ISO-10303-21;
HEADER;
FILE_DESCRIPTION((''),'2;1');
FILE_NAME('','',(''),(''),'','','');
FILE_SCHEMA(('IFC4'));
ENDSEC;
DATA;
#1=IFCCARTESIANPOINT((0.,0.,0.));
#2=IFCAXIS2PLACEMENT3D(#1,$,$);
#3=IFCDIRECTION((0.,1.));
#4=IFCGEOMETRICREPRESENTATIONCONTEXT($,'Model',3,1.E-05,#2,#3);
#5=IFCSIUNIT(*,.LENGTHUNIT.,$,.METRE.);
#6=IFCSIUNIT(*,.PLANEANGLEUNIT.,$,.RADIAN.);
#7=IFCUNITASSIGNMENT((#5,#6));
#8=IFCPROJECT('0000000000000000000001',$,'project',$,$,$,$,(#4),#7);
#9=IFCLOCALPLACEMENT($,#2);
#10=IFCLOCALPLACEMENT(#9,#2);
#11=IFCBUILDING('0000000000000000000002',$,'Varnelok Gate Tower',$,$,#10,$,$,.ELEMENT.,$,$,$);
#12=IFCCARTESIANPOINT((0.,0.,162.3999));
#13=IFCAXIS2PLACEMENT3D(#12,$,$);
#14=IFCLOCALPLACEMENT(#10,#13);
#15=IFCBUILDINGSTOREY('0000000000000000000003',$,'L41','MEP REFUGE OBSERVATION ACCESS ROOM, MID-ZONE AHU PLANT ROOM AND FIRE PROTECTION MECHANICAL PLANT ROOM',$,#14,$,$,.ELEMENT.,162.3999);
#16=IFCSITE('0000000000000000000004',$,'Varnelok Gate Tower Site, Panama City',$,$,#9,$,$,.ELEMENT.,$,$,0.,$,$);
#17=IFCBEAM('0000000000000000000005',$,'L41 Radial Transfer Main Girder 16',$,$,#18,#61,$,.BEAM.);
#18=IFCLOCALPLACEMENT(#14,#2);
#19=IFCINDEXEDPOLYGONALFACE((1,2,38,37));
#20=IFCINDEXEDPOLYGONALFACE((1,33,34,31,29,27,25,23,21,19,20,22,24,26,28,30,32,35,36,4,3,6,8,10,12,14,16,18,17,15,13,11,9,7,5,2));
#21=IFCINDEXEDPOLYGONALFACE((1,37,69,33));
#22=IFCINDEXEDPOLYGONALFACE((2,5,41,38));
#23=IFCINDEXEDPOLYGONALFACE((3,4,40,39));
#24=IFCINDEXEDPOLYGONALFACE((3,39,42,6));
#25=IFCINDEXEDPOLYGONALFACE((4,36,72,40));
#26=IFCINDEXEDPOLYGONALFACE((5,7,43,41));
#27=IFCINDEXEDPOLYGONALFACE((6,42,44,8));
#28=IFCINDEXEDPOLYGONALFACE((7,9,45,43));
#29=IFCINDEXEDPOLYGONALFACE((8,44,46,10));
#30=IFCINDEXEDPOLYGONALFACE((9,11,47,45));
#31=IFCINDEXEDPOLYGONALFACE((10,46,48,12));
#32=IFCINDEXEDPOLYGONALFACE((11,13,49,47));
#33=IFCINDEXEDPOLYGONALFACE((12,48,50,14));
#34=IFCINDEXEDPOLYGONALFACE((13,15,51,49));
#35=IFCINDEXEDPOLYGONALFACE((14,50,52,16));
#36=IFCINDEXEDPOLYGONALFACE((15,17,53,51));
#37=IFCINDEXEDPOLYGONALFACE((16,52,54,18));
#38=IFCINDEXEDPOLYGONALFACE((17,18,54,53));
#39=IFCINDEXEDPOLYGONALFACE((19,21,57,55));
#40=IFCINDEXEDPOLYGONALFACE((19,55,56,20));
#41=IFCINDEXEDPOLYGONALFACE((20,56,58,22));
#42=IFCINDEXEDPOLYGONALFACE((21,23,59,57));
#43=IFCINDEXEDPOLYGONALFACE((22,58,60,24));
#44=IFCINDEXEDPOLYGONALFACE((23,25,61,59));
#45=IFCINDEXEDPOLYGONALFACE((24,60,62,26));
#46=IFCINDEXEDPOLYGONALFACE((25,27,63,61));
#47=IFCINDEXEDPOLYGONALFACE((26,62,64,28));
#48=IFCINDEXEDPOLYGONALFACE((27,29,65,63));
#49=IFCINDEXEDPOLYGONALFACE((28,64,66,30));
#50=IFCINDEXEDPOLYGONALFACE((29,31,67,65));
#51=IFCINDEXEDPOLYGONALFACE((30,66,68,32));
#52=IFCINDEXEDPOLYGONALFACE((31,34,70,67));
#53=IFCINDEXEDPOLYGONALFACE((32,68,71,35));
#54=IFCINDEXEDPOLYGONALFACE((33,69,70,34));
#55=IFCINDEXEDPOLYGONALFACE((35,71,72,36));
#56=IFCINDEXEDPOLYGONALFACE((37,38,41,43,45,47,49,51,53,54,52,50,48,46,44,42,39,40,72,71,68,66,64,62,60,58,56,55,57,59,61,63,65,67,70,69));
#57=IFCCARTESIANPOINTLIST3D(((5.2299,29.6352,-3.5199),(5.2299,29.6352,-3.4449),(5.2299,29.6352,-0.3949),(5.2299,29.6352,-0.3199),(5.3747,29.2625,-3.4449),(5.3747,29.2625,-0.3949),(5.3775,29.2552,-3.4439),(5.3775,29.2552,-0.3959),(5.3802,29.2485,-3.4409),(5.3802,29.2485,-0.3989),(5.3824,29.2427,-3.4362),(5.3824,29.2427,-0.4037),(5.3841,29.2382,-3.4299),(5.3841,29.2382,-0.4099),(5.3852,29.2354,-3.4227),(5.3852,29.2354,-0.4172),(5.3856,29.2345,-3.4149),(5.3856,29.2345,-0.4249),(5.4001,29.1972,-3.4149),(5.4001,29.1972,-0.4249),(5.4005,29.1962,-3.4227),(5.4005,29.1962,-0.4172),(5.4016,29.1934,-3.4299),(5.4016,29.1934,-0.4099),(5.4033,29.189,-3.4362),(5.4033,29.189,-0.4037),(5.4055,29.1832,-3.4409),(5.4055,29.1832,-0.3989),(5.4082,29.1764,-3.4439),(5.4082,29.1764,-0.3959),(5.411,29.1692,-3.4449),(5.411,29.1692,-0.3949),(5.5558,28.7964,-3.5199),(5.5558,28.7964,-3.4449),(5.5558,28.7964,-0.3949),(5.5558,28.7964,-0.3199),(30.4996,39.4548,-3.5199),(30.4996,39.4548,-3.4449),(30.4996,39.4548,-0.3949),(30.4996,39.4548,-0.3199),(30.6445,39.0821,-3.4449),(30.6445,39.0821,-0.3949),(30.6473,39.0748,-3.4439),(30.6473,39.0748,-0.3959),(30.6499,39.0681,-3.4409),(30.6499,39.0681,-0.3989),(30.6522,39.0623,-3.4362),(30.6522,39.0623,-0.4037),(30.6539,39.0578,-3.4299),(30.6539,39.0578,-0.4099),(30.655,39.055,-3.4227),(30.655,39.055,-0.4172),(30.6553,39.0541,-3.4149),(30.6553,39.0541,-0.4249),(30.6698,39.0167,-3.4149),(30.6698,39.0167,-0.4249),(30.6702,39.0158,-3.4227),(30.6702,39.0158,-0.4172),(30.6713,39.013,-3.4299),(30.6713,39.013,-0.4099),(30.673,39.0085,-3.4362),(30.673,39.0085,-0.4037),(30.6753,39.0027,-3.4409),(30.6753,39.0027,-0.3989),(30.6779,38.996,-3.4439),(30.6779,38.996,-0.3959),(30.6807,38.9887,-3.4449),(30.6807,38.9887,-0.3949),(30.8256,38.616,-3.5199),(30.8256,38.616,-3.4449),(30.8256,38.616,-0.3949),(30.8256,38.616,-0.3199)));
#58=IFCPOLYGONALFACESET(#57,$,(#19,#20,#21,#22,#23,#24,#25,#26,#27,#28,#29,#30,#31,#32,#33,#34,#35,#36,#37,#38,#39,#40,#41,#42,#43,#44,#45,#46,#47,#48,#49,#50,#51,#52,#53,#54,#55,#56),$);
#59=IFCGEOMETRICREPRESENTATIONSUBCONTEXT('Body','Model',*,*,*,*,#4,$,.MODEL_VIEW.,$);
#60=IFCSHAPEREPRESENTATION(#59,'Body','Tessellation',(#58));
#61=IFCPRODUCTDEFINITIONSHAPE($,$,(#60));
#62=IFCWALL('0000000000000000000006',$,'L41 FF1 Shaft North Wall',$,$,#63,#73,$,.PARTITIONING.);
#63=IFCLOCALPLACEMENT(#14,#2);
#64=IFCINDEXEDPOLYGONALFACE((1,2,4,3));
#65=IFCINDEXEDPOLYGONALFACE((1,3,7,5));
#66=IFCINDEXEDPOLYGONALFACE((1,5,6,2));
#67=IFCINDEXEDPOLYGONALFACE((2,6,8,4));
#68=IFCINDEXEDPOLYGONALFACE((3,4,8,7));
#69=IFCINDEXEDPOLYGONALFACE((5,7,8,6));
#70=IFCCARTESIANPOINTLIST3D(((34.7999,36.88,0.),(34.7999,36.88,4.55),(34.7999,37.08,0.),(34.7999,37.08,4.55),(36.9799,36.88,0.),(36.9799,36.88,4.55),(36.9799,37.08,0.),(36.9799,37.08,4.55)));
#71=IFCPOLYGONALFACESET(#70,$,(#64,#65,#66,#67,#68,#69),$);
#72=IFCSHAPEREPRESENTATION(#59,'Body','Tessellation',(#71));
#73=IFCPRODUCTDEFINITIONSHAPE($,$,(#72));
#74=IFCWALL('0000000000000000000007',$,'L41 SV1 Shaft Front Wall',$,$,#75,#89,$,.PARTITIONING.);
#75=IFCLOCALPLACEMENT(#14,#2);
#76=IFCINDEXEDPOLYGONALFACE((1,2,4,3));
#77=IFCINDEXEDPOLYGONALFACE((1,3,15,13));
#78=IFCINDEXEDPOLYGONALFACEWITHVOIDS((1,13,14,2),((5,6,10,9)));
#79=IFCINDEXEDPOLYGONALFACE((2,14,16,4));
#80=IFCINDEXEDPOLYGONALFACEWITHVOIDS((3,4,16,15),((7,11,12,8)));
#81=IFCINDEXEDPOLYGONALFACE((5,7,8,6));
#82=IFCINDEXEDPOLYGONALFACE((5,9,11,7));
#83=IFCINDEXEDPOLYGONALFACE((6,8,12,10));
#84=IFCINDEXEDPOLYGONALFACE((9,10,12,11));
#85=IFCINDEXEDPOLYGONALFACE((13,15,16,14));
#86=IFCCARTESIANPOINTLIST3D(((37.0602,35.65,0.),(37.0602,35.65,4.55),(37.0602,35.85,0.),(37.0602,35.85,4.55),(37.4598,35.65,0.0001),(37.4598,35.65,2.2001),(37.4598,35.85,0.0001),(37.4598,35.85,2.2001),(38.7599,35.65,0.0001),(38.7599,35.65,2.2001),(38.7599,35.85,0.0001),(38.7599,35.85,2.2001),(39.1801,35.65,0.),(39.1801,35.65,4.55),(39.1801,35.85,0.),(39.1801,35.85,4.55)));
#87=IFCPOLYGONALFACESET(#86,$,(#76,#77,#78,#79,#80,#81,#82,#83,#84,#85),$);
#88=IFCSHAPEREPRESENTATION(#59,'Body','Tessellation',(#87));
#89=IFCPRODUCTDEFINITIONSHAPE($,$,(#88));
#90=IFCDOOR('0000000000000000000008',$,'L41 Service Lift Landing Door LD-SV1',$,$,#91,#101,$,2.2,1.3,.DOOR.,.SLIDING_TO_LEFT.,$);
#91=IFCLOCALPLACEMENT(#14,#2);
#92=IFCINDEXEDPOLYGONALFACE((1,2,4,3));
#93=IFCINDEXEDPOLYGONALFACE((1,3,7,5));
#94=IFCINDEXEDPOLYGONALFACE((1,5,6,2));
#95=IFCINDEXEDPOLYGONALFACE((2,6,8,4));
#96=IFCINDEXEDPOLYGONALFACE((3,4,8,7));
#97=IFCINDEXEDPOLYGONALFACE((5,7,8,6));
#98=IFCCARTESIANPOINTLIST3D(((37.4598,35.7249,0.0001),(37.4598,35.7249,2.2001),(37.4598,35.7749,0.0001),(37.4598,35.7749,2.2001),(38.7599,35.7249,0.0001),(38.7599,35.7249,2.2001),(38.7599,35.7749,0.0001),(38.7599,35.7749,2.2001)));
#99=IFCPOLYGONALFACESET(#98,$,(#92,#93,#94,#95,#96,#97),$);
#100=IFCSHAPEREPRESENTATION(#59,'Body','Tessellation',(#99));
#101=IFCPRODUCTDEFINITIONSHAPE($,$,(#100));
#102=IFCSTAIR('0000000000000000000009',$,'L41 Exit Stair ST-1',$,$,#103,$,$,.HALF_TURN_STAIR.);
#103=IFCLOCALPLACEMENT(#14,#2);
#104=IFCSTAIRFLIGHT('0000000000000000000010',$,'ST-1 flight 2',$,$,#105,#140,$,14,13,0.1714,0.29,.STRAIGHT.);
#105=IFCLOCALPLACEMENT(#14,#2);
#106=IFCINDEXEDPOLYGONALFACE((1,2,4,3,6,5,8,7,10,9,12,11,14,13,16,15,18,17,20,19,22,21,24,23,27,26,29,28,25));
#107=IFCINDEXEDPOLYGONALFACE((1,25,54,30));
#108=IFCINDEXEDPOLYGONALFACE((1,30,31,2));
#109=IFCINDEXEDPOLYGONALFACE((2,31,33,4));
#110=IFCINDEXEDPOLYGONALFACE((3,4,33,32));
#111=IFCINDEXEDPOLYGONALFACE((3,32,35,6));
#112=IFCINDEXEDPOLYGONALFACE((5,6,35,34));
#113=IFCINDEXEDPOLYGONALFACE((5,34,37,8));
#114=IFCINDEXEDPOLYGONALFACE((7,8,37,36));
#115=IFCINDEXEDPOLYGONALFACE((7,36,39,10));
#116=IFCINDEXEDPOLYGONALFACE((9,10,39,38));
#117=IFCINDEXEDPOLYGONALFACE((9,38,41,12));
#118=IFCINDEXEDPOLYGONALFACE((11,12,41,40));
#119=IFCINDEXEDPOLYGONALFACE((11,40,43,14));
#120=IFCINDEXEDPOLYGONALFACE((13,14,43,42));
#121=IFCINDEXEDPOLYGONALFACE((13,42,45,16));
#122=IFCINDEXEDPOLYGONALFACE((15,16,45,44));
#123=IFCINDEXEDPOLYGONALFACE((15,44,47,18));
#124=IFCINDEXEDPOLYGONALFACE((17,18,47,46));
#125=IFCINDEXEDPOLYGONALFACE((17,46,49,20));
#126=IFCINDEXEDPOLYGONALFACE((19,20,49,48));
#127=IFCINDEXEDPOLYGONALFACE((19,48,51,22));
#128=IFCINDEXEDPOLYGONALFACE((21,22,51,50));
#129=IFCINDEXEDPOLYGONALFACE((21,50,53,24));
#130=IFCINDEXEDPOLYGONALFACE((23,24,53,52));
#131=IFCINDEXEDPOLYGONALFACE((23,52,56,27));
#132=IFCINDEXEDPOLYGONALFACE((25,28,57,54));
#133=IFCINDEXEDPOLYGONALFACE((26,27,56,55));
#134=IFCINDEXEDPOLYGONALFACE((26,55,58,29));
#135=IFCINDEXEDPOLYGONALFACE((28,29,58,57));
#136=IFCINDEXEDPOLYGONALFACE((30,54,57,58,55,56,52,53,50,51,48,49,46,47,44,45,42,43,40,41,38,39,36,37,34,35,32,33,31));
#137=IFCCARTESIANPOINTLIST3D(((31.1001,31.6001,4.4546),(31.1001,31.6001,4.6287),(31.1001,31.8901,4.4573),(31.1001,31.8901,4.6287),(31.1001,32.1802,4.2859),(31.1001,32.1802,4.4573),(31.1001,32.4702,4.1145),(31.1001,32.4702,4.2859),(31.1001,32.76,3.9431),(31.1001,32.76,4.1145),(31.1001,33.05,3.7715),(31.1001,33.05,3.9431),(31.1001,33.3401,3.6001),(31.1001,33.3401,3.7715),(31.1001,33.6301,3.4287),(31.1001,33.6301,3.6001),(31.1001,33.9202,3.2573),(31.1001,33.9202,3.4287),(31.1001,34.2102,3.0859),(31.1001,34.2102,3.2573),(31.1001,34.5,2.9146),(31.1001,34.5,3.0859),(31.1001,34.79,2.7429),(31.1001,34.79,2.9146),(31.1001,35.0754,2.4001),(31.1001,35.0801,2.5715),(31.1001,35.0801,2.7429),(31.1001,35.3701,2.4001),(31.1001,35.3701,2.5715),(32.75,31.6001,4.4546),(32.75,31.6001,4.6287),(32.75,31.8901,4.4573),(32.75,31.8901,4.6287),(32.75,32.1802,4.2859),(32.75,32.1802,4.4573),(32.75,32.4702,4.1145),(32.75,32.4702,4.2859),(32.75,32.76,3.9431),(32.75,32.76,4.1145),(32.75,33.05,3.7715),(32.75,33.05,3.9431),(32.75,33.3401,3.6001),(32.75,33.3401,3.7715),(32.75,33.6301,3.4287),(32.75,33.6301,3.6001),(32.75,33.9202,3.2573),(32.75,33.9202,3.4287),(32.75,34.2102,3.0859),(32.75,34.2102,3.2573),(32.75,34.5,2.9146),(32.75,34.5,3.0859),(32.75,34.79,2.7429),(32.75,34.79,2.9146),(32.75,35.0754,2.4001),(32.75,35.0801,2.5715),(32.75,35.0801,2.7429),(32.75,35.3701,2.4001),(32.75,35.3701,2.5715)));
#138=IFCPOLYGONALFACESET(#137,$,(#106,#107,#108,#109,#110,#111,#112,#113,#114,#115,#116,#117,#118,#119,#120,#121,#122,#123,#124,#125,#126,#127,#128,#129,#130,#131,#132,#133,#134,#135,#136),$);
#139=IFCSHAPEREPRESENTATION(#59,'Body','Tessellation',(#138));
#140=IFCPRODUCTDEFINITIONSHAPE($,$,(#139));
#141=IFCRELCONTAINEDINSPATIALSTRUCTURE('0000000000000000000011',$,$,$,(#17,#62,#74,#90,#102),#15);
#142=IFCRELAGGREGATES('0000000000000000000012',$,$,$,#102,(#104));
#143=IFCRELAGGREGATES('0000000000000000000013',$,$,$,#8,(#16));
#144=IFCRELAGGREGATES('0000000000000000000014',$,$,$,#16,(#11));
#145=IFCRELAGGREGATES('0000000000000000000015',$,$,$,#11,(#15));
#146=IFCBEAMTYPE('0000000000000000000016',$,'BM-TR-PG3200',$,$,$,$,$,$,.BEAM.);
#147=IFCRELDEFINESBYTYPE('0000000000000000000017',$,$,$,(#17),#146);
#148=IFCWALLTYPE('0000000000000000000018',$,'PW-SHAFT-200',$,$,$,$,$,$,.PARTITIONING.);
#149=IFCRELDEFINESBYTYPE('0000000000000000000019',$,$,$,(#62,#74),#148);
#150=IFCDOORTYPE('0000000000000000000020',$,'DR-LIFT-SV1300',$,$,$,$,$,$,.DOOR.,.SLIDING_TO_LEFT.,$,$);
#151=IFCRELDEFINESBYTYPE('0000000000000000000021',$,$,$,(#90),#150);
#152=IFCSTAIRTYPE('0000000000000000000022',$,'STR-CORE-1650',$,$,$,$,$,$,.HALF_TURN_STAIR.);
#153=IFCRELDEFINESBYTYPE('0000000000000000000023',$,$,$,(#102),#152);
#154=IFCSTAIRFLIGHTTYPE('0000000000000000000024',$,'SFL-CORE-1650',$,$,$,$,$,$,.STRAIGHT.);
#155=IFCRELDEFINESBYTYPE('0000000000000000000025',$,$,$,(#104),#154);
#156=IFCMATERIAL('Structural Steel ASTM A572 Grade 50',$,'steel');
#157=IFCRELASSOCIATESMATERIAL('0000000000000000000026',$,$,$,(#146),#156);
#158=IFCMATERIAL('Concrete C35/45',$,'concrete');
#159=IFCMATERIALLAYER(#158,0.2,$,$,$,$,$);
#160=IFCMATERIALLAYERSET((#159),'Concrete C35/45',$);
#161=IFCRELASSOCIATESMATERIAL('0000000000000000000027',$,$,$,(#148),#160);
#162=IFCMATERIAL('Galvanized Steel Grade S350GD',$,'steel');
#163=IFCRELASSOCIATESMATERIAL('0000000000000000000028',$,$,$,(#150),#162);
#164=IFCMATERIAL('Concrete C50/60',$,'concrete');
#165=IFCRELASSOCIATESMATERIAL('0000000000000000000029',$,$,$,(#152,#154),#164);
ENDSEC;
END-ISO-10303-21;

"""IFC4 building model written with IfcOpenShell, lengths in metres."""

from ifc_helpers import new_model, si_unit, direction, frame, frame_2d, origin, origin_2d, place, context, subcontext, project, spatial, polyline, rectangle, i_section, outline, extrude, material, layer, layer_set, material_profile, profile_set, type_object, element, fill, aggregate, save


model = new_model("IFC4")

# Units and contexts
model_context = context("Model", 3, precision=1e-05, world=origin(), true_north=direction((0.0, 1.0)))
body_context = subcontext(model_context, "Body", "Model", "MODEL_VIEW")
ifc_project = project(units=[si_unit("LENGTHUNIT", "METRE"), si_unit("PLANEANGLEUNIT", "RADIAN")], contexts=[model_context])

# Site, building, storey
site_placement = place(None, origin())
site = spatial("IfcSite", under=ifc_project, at=site_placement, Name="Varnelok Gate Tower Site, Panama City", CompositionType="ELEMENT", RefElevation=0.0)
building_placement = place(site_placement, origin())
building = spatial("IfcBuilding", under=site, at=building_placement, Name="Varnelok Gate Tower", CompositionType="ELEMENT")
storey_placement = place(building_placement, frame((0.0, 0.0, 162.3999)))
storey = spatial("IfcBuildingStorey", under=building, at=storey_placement, Name="L41", Description="MEP REFUGE OBSERVATION ACCESS ROOM, MID-ZONE AHU PLANT ROOM AND FIRE PROTECTION MECHANICAL PLANT ROOM", CompositionType="ELEMENT", Elevation=162.3999)

# Beam
ifc_material_1 = material(Name="Structural Steel ASTM A572 Grade 50", Category="steel")
ifc_material_profile_1 = material_profile(ifc_material_1, i_section(OverallWidth=0.8999, OverallDepth=3.2, WebThickness=0.04, FlangeThickness=0.075, FilletRadius=0.03, at=origin_2d()), Name="PG3200X900")
ifc_profile_set_1 = profile_set([ifc_material_profile_1], Name="Structural Steel ASTM A572 Grade 50")
beam_type_1 = type_object("IfcBeamType", Name="BM-TR-PG3200", PredefinedType="BEAM", material=ifc_profile_set_1)
beam_1_placement = place(storey_placement, frame((30.6626, 39.0354, -1.9199), z_axis=(-0.932099, -0.362204, 0.0), x_axis=(0.362204, -0.932099, 0.0)))
element("IfcBeam", 1, at=beam_1_placement, inside=storey, type_object=beam_type_1, Name="L41 Radial Transfer Main Girder 16", PredefinedType="BEAM", context=body_context, shape_type="SweptSolid", body=[
    extrude(i_section(OverallWidth=0.8999, OverallDepth=3.2, WebThickness=0.04, FlangeThickness=0.075, FilletRadius=0.03, at=origin_2d()), origin(), (0.0, 0.0, 1.0), 27.1106),
])

# Wall
ifc_material_2 = material(Name="Concrete C35/45", Category="concrete")
ifc_layer = layer(ifc_material_2, 0.2)
ifc_layer_set = layer_set([ifc_layer], Name="Concrete C35/45")
wall_type = type_object("IfcWallType", Name="PW-SHAFT-200", PredefinedType="PARTITIONING", material=ifc_layer_set)
wall_1_placement = place(storey_placement, frame((34.8, 36.98, 0.0), z_axis=(0.0, 0.0, 1.0), x_axis=(1.0, 0.0, 0.0)))
element("IfcWall", 2, at=wall_1_placement, inside=storey, type_object=wall_type, Name="L41 FF1 Shaft North Wall", PredefinedType="PARTITIONING", context=body_context, shape_type="SweptSolid", body=[
    extrude(rectangle(XDim=2.1799, YDim=0.2, at=frame_2d((1.0898, 0.0))), origin(), (0.0, 0.0, 1.0), 4.55),
])

# Wall, opening, door
wall_2_placement = place(storey_placement, frame((37.0601, 35.75, 0.0), z_axis=(0.0, 0.0, 1.0), x_axis=(1.0, 0.0, 0.0)))
wall_2 = element("IfcWall", 3, at=wall_2_placement, inside=storey, type_object=wall_type, Name="L41 SV1 Shaft Front Wall", PredefinedType="PARTITIONING", context=body_context, shape_type="SweptSolid", body=[
    extrude(rectangle(XDim=2.1199, YDim=0.2, at=frame_2d((1.0601, 0.0))), origin(), (0.0, 0.0, 1.0), 4.55),
])
opening_placement = place(wall_2_placement, frame((0.3999, 0.0, 0.0)))
opening = element("IfcOpeningElement", 4, at=opening_placement, cuts=wall_2, PredefinedType="OPENING", context=body_context, shape_type="SweptSolid", body=[
    extrude(rectangle(XDim=1.3, YDim=2.2, at=frame_2d((0.6499, 1.1001))), frame((0.0, 0.1099, 0.0), z_axis=(0.0, -1.0, 0.0), x_axis=(1.0, 0.0, 0.0)), (0.0, 0.0, 1.0), 0.22),
])
ifc_material_3 = material(Name="Galvanized Steel Grade S350GD", Category="steel")
door_type = type_object("IfcDoorType", Name="DR-LIFT-SV1300", OperationType="SLIDING_TO_LEFT", PredefinedType="DOOR", material=ifc_material_3)
door_placement = place(opening_placement, origin())
door = element("IfcDoor", 5, at=door_placement, inside=storey, type_object=door_type, Name="L41 Service Lift Landing Door LD-SV1", OperationType="SLIDING_TO_LEFT", OverallHeight=2.2, OverallWidth=1.3, PredefinedType="DOOR", context=body_context, shape_type="SweptSolid", body=[
    extrude(rectangle(XDim=1.3, YDim=2.2, at=frame_2d((0.6499, 1.1001))), frame((0.0, 0.0249, 0.0), z_axis=(0.0, -1.0, 0.0), x_axis=(1.0, 0.0, 0.0)), (0.0, 0.0, 1.0), 0.05),
])
fill(opening, door)

# Stair, stair flight
ifc_material_4 = material(Name="Concrete C50/60", Category="concrete")
stair_type = type_object("IfcStairType", Name="STR-CORE-1650", PredefinedType="HALF_TURN_STAIR", material=ifc_material_4)
stair_placement = place(storey_placement, origin())
stair = element("IfcStair", 6, at=stair_placement, inside=storey, type_object=stair_type, Name="L41 Exit Stair ST-1", PredefinedType="HALF_TURN_STAIR")
stair_flight_type = type_object("IfcStairFlightType", Name="SFL-CORE-1650", PredefinedType="STRAIGHT", material=ifc_material_4)
stair_flight_placement = place(storey_placement, frame((31.925, 35.3701, 2.4001), z_axis=(0.0, 0.0, 1.0), x_axis=(0.0, -1.0, 0.0)))
stair_flight = element("IfcStairFlight", 7, at=stair_flight_placement, type_object=stair_flight_type, Name="ST-1 flight 2", NumberOfRisers=14, NumberOfTreads=13, PredefinedType="STRAIGHT", RiserHeight=0.1714, TreadLength=0.29, context=body_context, shape_type="SweptSolid", body=[
    extrude(outline(polyline([(0.0, 0.0), (0.0, 0.1714), (0.29, 0.1714), (0.29, 0.3428), (0.5801, 0.3428), (0.5801, 0.5144), (0.8701, 0.5144), (0.8701, 0.6858), (1.1599, 0.6858), (1.1599, 0.8572), (1.45, 0.8572), (1.45, 1.0286), (1.74, 1.0286), (1.74, 1.2), (2.03, 1.2), (2.03, 1.3713), (2.3201, 1.3713), (2.3201, 1.543), (2.6101, 1.543), (2.6101, 1.7144), (2.8999, 1.7144), (2.8999, 1.8857), (3.1899, 1.8857), (3.1899, 2.0571), (3.48, 2.0571), (3.48, 2.2285), (3.77, 2.2285), (3.77, 2.3999), (3.77, 2.0544), (0.2947, 0.0), (0.0, 0.0)])), frame((0.0, 0.825, 0.0), z_axis=(0.0, -1.0, 0.0), x_axis=(1.0, 0.0, 0.0)), (0.0, 0.0, 1.0), 1.6499),
])
aggregate(stair, [stair_flight])

save(model, "model.ifc")
